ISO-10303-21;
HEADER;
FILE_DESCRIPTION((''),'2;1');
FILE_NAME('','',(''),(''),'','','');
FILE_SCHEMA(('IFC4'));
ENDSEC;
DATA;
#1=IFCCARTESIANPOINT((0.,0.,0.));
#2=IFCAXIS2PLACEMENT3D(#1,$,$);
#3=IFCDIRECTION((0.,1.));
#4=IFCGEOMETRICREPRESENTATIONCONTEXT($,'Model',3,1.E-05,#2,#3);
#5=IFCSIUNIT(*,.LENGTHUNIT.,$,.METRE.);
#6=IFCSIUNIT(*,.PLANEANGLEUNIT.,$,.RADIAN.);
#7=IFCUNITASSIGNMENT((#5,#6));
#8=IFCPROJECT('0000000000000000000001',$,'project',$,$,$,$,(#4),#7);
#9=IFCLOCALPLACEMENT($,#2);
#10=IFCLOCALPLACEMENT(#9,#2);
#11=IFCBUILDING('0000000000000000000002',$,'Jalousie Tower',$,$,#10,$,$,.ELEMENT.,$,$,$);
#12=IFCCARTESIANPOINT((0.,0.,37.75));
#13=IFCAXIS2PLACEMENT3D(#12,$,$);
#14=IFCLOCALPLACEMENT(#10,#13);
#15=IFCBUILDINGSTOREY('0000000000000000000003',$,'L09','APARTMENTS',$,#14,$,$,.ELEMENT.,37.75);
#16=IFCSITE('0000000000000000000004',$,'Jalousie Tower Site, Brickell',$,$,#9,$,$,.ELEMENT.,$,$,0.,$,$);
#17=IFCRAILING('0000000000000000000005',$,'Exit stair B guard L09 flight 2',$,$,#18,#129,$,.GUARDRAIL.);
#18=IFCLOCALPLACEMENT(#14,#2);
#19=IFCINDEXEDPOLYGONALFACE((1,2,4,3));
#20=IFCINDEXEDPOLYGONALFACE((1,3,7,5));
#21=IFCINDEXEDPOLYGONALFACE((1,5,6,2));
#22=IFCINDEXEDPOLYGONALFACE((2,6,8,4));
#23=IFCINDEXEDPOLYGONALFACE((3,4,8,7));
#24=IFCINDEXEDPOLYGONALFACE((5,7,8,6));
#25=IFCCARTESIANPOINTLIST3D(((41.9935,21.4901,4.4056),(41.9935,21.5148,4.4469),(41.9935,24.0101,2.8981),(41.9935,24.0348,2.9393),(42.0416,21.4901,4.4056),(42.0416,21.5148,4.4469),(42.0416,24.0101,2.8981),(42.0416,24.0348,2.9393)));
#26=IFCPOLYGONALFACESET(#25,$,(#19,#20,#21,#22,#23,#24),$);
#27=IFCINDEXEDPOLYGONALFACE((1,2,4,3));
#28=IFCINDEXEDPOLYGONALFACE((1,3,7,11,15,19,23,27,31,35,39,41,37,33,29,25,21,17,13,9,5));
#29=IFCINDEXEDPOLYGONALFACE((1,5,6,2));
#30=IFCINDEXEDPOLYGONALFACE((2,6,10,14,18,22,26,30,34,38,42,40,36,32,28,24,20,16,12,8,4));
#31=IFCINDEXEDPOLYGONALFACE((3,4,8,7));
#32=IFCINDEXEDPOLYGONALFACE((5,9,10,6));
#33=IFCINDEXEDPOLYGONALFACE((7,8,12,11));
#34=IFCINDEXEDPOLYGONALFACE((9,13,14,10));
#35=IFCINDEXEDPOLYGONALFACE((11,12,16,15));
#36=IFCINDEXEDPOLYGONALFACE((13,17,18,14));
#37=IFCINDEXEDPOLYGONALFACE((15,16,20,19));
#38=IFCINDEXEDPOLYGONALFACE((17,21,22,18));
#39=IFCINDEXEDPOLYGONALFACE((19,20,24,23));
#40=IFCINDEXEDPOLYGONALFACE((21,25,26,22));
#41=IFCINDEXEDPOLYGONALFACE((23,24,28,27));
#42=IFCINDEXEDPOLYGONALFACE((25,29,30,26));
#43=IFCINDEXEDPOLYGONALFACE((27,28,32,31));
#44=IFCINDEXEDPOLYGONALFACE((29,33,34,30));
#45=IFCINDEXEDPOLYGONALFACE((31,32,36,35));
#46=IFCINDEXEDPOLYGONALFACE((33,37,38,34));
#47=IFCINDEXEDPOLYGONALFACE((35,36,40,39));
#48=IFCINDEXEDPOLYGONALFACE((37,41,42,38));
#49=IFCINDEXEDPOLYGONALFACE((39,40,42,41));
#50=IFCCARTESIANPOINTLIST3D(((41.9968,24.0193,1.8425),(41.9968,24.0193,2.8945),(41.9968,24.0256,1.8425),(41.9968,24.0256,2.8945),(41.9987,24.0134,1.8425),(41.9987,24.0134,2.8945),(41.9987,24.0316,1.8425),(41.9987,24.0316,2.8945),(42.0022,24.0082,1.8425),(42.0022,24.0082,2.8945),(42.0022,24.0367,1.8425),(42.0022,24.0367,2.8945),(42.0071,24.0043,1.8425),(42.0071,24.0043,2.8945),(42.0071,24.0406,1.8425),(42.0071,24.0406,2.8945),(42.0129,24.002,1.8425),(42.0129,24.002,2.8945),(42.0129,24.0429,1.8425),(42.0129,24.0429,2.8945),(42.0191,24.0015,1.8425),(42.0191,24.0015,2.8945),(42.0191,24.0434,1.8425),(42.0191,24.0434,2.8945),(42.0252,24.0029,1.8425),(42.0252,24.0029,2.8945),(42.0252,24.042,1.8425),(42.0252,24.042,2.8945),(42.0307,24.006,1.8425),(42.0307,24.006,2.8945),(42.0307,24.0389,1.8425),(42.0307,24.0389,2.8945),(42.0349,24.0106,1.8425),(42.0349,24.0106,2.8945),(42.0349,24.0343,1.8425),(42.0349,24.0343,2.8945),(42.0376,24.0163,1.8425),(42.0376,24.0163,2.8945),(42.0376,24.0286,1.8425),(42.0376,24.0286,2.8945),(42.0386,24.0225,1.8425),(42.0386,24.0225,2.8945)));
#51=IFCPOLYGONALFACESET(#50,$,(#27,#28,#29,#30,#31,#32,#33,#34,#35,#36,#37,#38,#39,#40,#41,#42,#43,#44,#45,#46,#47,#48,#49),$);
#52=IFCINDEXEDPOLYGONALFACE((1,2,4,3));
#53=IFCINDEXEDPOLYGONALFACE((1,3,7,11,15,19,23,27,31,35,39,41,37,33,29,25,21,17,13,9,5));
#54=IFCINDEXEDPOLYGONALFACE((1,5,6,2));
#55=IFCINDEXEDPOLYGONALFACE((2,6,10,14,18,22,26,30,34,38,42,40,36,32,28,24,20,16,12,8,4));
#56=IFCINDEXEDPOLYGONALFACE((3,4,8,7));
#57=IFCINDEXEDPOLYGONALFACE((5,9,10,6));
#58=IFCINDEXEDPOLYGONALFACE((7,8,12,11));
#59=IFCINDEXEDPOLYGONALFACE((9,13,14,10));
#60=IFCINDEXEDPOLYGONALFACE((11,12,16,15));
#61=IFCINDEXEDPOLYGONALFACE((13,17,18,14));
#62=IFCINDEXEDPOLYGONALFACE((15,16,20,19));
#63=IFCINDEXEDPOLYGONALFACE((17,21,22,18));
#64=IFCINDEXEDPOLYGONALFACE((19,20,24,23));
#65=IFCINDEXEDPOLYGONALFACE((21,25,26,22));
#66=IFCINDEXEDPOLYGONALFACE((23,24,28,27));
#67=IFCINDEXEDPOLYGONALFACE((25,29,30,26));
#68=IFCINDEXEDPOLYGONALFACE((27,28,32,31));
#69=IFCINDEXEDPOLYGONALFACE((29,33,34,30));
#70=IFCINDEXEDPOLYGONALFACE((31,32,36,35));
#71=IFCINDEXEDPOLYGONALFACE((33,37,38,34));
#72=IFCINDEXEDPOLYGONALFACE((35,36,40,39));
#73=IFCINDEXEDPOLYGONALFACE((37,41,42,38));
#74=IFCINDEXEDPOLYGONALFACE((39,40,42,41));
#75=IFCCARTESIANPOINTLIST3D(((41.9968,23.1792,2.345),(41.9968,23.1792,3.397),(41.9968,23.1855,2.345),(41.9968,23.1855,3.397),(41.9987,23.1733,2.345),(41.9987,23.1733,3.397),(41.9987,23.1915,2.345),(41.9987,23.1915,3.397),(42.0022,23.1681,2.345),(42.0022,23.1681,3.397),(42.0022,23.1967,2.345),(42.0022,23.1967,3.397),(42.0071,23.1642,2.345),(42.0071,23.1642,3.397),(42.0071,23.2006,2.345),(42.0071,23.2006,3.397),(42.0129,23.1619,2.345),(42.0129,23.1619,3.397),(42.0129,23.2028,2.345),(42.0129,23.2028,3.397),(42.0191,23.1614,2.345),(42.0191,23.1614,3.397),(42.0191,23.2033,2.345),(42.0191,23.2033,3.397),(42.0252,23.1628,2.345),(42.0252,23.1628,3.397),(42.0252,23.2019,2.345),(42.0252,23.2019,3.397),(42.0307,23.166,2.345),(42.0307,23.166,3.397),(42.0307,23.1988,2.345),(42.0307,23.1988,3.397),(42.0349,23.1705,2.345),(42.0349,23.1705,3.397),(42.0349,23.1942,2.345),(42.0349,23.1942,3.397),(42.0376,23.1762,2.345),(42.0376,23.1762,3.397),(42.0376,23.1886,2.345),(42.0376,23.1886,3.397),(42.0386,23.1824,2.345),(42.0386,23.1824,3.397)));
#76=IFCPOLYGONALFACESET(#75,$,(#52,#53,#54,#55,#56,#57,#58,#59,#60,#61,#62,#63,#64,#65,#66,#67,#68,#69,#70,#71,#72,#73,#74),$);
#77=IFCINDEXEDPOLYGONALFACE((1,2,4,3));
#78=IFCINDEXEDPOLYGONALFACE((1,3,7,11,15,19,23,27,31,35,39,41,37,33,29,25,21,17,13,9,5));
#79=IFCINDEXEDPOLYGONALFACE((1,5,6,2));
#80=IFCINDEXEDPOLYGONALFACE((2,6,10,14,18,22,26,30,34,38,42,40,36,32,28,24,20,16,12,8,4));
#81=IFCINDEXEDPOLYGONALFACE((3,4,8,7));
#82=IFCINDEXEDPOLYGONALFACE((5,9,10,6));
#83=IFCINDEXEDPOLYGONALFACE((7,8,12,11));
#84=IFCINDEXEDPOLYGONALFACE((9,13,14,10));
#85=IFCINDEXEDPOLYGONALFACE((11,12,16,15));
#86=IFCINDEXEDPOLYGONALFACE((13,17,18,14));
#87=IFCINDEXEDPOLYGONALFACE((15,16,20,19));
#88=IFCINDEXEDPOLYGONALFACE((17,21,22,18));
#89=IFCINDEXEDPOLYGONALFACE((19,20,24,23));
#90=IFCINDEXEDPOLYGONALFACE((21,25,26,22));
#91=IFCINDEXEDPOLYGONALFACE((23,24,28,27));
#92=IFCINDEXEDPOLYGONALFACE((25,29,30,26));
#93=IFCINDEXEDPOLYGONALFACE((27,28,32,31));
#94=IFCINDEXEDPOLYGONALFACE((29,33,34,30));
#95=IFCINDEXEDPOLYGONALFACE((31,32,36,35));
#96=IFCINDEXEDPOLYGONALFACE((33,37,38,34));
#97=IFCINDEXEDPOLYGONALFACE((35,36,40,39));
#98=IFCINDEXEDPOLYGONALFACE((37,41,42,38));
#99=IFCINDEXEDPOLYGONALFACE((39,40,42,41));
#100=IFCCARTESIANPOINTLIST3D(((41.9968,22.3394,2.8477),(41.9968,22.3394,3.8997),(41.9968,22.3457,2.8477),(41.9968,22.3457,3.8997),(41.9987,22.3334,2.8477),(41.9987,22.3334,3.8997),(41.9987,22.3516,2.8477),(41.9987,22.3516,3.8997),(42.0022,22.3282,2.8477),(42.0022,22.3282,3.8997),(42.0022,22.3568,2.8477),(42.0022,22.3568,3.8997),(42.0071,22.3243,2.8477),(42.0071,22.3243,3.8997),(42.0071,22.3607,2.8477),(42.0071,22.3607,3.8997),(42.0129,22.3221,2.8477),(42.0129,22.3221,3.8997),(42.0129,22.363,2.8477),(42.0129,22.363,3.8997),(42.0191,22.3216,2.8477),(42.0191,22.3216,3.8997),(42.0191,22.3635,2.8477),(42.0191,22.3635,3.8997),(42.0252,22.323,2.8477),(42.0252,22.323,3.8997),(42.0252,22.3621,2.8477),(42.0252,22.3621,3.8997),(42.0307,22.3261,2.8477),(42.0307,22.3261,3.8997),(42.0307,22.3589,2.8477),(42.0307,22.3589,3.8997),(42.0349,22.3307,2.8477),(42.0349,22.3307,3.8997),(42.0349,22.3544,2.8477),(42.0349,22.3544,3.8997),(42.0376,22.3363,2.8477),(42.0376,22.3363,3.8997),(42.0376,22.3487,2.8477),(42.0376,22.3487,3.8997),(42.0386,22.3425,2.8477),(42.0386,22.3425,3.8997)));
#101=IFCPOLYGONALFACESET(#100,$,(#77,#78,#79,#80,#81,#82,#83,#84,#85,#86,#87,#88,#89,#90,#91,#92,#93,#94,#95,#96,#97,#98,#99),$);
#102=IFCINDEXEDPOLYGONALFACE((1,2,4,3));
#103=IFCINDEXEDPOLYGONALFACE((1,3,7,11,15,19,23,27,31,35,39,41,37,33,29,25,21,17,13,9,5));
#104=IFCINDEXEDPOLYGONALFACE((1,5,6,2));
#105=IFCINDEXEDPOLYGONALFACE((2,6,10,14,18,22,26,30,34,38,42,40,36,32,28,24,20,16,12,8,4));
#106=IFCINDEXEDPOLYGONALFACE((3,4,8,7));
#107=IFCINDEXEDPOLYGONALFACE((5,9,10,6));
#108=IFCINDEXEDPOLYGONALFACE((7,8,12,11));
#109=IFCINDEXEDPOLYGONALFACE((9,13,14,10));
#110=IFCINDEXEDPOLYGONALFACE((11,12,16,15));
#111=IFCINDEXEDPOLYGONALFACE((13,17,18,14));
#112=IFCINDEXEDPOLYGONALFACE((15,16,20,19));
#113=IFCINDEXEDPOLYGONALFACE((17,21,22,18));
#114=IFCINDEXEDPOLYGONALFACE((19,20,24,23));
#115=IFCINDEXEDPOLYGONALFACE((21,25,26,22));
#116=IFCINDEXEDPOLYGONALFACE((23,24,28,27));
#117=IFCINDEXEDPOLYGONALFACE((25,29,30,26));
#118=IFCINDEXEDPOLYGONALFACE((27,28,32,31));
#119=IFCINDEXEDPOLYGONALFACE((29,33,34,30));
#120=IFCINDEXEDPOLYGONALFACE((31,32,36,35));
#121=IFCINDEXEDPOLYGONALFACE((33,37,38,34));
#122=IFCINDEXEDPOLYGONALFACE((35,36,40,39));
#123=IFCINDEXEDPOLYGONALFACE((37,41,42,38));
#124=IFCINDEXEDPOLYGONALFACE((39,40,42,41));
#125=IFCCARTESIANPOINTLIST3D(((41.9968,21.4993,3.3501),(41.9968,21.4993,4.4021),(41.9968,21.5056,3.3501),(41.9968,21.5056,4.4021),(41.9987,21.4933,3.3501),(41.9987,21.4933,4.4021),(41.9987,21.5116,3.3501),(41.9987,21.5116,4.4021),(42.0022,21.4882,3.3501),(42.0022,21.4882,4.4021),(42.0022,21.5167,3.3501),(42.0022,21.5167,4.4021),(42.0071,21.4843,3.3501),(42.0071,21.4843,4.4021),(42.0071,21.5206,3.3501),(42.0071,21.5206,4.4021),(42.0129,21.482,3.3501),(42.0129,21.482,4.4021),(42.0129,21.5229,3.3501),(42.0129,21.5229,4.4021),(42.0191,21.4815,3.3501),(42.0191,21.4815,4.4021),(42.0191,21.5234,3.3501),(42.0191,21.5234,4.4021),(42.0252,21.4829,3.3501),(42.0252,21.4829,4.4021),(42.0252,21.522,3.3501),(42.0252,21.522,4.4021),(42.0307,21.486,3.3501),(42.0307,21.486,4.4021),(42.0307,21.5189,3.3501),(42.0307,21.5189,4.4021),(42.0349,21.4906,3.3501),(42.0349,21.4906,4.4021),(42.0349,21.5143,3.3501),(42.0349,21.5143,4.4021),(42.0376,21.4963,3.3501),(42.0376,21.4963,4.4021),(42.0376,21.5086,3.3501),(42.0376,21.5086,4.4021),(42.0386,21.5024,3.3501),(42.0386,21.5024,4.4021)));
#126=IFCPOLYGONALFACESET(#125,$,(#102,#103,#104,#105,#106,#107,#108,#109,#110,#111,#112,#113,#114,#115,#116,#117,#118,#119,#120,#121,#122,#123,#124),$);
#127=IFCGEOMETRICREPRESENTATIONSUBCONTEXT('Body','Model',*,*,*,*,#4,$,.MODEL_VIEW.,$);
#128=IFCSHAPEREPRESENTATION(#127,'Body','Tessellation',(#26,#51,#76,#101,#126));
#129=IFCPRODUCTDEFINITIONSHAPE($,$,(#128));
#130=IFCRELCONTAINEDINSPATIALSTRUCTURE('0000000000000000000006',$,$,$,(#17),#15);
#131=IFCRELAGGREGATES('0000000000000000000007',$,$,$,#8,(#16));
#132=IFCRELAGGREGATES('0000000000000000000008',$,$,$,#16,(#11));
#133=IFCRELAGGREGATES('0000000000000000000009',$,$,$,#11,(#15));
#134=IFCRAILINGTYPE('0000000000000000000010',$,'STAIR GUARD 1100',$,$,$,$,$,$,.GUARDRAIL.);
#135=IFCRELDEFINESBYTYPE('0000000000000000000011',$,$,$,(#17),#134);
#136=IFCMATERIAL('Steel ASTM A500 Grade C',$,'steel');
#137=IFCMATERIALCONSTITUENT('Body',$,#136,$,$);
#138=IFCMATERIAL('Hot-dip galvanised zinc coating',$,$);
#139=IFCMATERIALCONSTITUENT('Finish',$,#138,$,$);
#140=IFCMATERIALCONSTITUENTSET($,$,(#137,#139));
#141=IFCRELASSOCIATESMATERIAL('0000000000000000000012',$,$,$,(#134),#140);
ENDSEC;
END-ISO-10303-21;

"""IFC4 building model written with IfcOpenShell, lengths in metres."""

from ifc_helpers import new_model, si_unit, direction, frame, origin, origin_2d, place, context, subcontext, project, spatial, rectangle, circle, extrude, material, constituent, constituent_set, type_object, element, save


model = new_model("IFC4")

# Units and contexts
model_context = context("Model", 3, precision=1e-05, world=origin(), true_north=direction((0.0, 1.0)))
body_context = subcontext(model_context, "Body", "Model", "MODEL_VIEW")
ifc_project = project(units=[si_unit("LENGTHUNIT", "METRE"), si_unit("PLANEANGLEUNIT", "RADIAN")], contexts=[model_context])

# Site, building, storey
site_placement = place(None, origin())
site = spatial("IfcSite", under=ifc_project, at=site_placement, Name="Jalousie Tower Site, Brickell", CompositionType="ELEMENT", RefElevation=0.0)
building_placement = place(site_placement, origin())
building = spatial("IfcBuilding", under=site, at=building_placement, Name="Jalousie Tower", CompositionType="ELEMENT")
storey_placement = place(building_placement, frame((0.0, 0.0, 37.75)))
storey = spatial("IfcBuildingStorey", under=building, at=storey_placement, Name="L09", Description="APARTMENTS", CompositionType="ELEMENT", Elevation=37.75)

# Railing
ifc_material_1 = material(Name="Steel ASTM A500 Grade C", Category="steel")
ifc_constituent_1 = constituent(ifc_material_1, Name="Body")
ifc_material_2 = material(Name="Hot-dip galvanised zinc coating")
ifc_constituent_2 = constituent(ifc_material_2, Name="Finish")
ifc_constituent_set_1 = constituent_set(constituents=[ifc_constituent_1, ifc_constituent_2])
railing_type_1 = type_object("IfcRailingType", Name="STAIR GUARD 1100", PredefinedType="GUARDRAIL", material=ifc_constituent_set_1)
railing_1_placement = place(storey_placement, frame((42.0176, 24.0225, 1.8425)))
element("IfcRailing", 1, at=railing_1_placement, inside=storey, type_object=railing_type_1, Name="Exit stair B guard L09 flight 2", PredefinedType="GUARDRAIL", context=body_context, shape_type="SweptSolid", body=[
    extrude(rectangle(XDim=0.0481, YDim=0.0481, at=origin_2d()), frame((0.0, 0.0, 1.0762), z_axis=(0.0, -0.85816, 0.513383), x_axis=(1.0, 0.0, 0.0)), (0.0, 0.0, 1.0), 2.9365),
    extrude(circle(Radius=0.021, at=origin_2d()), origin(), (0.0, 0.0, 1.0), 1.052),
    extrude(circle(Radius=0.021, at=origin_2d()), frame((0.0, -0.8401, 0.5024)), (0.0, 0.0, 1.0), 1.052),
    extrude(circle(Radius=0.021, at=origin_2d()), frame((0.0, -1.6799, 1.0051)), (0.0, 0.0, 1.0), 1.052),
    extrude(circle(Radius=0.021, at=origin_2d()), frame((0.0, -2.52, 1.5076)), (0.0, 0.0, 1.0), 1.052),
])

save(model, "model.ifc")
